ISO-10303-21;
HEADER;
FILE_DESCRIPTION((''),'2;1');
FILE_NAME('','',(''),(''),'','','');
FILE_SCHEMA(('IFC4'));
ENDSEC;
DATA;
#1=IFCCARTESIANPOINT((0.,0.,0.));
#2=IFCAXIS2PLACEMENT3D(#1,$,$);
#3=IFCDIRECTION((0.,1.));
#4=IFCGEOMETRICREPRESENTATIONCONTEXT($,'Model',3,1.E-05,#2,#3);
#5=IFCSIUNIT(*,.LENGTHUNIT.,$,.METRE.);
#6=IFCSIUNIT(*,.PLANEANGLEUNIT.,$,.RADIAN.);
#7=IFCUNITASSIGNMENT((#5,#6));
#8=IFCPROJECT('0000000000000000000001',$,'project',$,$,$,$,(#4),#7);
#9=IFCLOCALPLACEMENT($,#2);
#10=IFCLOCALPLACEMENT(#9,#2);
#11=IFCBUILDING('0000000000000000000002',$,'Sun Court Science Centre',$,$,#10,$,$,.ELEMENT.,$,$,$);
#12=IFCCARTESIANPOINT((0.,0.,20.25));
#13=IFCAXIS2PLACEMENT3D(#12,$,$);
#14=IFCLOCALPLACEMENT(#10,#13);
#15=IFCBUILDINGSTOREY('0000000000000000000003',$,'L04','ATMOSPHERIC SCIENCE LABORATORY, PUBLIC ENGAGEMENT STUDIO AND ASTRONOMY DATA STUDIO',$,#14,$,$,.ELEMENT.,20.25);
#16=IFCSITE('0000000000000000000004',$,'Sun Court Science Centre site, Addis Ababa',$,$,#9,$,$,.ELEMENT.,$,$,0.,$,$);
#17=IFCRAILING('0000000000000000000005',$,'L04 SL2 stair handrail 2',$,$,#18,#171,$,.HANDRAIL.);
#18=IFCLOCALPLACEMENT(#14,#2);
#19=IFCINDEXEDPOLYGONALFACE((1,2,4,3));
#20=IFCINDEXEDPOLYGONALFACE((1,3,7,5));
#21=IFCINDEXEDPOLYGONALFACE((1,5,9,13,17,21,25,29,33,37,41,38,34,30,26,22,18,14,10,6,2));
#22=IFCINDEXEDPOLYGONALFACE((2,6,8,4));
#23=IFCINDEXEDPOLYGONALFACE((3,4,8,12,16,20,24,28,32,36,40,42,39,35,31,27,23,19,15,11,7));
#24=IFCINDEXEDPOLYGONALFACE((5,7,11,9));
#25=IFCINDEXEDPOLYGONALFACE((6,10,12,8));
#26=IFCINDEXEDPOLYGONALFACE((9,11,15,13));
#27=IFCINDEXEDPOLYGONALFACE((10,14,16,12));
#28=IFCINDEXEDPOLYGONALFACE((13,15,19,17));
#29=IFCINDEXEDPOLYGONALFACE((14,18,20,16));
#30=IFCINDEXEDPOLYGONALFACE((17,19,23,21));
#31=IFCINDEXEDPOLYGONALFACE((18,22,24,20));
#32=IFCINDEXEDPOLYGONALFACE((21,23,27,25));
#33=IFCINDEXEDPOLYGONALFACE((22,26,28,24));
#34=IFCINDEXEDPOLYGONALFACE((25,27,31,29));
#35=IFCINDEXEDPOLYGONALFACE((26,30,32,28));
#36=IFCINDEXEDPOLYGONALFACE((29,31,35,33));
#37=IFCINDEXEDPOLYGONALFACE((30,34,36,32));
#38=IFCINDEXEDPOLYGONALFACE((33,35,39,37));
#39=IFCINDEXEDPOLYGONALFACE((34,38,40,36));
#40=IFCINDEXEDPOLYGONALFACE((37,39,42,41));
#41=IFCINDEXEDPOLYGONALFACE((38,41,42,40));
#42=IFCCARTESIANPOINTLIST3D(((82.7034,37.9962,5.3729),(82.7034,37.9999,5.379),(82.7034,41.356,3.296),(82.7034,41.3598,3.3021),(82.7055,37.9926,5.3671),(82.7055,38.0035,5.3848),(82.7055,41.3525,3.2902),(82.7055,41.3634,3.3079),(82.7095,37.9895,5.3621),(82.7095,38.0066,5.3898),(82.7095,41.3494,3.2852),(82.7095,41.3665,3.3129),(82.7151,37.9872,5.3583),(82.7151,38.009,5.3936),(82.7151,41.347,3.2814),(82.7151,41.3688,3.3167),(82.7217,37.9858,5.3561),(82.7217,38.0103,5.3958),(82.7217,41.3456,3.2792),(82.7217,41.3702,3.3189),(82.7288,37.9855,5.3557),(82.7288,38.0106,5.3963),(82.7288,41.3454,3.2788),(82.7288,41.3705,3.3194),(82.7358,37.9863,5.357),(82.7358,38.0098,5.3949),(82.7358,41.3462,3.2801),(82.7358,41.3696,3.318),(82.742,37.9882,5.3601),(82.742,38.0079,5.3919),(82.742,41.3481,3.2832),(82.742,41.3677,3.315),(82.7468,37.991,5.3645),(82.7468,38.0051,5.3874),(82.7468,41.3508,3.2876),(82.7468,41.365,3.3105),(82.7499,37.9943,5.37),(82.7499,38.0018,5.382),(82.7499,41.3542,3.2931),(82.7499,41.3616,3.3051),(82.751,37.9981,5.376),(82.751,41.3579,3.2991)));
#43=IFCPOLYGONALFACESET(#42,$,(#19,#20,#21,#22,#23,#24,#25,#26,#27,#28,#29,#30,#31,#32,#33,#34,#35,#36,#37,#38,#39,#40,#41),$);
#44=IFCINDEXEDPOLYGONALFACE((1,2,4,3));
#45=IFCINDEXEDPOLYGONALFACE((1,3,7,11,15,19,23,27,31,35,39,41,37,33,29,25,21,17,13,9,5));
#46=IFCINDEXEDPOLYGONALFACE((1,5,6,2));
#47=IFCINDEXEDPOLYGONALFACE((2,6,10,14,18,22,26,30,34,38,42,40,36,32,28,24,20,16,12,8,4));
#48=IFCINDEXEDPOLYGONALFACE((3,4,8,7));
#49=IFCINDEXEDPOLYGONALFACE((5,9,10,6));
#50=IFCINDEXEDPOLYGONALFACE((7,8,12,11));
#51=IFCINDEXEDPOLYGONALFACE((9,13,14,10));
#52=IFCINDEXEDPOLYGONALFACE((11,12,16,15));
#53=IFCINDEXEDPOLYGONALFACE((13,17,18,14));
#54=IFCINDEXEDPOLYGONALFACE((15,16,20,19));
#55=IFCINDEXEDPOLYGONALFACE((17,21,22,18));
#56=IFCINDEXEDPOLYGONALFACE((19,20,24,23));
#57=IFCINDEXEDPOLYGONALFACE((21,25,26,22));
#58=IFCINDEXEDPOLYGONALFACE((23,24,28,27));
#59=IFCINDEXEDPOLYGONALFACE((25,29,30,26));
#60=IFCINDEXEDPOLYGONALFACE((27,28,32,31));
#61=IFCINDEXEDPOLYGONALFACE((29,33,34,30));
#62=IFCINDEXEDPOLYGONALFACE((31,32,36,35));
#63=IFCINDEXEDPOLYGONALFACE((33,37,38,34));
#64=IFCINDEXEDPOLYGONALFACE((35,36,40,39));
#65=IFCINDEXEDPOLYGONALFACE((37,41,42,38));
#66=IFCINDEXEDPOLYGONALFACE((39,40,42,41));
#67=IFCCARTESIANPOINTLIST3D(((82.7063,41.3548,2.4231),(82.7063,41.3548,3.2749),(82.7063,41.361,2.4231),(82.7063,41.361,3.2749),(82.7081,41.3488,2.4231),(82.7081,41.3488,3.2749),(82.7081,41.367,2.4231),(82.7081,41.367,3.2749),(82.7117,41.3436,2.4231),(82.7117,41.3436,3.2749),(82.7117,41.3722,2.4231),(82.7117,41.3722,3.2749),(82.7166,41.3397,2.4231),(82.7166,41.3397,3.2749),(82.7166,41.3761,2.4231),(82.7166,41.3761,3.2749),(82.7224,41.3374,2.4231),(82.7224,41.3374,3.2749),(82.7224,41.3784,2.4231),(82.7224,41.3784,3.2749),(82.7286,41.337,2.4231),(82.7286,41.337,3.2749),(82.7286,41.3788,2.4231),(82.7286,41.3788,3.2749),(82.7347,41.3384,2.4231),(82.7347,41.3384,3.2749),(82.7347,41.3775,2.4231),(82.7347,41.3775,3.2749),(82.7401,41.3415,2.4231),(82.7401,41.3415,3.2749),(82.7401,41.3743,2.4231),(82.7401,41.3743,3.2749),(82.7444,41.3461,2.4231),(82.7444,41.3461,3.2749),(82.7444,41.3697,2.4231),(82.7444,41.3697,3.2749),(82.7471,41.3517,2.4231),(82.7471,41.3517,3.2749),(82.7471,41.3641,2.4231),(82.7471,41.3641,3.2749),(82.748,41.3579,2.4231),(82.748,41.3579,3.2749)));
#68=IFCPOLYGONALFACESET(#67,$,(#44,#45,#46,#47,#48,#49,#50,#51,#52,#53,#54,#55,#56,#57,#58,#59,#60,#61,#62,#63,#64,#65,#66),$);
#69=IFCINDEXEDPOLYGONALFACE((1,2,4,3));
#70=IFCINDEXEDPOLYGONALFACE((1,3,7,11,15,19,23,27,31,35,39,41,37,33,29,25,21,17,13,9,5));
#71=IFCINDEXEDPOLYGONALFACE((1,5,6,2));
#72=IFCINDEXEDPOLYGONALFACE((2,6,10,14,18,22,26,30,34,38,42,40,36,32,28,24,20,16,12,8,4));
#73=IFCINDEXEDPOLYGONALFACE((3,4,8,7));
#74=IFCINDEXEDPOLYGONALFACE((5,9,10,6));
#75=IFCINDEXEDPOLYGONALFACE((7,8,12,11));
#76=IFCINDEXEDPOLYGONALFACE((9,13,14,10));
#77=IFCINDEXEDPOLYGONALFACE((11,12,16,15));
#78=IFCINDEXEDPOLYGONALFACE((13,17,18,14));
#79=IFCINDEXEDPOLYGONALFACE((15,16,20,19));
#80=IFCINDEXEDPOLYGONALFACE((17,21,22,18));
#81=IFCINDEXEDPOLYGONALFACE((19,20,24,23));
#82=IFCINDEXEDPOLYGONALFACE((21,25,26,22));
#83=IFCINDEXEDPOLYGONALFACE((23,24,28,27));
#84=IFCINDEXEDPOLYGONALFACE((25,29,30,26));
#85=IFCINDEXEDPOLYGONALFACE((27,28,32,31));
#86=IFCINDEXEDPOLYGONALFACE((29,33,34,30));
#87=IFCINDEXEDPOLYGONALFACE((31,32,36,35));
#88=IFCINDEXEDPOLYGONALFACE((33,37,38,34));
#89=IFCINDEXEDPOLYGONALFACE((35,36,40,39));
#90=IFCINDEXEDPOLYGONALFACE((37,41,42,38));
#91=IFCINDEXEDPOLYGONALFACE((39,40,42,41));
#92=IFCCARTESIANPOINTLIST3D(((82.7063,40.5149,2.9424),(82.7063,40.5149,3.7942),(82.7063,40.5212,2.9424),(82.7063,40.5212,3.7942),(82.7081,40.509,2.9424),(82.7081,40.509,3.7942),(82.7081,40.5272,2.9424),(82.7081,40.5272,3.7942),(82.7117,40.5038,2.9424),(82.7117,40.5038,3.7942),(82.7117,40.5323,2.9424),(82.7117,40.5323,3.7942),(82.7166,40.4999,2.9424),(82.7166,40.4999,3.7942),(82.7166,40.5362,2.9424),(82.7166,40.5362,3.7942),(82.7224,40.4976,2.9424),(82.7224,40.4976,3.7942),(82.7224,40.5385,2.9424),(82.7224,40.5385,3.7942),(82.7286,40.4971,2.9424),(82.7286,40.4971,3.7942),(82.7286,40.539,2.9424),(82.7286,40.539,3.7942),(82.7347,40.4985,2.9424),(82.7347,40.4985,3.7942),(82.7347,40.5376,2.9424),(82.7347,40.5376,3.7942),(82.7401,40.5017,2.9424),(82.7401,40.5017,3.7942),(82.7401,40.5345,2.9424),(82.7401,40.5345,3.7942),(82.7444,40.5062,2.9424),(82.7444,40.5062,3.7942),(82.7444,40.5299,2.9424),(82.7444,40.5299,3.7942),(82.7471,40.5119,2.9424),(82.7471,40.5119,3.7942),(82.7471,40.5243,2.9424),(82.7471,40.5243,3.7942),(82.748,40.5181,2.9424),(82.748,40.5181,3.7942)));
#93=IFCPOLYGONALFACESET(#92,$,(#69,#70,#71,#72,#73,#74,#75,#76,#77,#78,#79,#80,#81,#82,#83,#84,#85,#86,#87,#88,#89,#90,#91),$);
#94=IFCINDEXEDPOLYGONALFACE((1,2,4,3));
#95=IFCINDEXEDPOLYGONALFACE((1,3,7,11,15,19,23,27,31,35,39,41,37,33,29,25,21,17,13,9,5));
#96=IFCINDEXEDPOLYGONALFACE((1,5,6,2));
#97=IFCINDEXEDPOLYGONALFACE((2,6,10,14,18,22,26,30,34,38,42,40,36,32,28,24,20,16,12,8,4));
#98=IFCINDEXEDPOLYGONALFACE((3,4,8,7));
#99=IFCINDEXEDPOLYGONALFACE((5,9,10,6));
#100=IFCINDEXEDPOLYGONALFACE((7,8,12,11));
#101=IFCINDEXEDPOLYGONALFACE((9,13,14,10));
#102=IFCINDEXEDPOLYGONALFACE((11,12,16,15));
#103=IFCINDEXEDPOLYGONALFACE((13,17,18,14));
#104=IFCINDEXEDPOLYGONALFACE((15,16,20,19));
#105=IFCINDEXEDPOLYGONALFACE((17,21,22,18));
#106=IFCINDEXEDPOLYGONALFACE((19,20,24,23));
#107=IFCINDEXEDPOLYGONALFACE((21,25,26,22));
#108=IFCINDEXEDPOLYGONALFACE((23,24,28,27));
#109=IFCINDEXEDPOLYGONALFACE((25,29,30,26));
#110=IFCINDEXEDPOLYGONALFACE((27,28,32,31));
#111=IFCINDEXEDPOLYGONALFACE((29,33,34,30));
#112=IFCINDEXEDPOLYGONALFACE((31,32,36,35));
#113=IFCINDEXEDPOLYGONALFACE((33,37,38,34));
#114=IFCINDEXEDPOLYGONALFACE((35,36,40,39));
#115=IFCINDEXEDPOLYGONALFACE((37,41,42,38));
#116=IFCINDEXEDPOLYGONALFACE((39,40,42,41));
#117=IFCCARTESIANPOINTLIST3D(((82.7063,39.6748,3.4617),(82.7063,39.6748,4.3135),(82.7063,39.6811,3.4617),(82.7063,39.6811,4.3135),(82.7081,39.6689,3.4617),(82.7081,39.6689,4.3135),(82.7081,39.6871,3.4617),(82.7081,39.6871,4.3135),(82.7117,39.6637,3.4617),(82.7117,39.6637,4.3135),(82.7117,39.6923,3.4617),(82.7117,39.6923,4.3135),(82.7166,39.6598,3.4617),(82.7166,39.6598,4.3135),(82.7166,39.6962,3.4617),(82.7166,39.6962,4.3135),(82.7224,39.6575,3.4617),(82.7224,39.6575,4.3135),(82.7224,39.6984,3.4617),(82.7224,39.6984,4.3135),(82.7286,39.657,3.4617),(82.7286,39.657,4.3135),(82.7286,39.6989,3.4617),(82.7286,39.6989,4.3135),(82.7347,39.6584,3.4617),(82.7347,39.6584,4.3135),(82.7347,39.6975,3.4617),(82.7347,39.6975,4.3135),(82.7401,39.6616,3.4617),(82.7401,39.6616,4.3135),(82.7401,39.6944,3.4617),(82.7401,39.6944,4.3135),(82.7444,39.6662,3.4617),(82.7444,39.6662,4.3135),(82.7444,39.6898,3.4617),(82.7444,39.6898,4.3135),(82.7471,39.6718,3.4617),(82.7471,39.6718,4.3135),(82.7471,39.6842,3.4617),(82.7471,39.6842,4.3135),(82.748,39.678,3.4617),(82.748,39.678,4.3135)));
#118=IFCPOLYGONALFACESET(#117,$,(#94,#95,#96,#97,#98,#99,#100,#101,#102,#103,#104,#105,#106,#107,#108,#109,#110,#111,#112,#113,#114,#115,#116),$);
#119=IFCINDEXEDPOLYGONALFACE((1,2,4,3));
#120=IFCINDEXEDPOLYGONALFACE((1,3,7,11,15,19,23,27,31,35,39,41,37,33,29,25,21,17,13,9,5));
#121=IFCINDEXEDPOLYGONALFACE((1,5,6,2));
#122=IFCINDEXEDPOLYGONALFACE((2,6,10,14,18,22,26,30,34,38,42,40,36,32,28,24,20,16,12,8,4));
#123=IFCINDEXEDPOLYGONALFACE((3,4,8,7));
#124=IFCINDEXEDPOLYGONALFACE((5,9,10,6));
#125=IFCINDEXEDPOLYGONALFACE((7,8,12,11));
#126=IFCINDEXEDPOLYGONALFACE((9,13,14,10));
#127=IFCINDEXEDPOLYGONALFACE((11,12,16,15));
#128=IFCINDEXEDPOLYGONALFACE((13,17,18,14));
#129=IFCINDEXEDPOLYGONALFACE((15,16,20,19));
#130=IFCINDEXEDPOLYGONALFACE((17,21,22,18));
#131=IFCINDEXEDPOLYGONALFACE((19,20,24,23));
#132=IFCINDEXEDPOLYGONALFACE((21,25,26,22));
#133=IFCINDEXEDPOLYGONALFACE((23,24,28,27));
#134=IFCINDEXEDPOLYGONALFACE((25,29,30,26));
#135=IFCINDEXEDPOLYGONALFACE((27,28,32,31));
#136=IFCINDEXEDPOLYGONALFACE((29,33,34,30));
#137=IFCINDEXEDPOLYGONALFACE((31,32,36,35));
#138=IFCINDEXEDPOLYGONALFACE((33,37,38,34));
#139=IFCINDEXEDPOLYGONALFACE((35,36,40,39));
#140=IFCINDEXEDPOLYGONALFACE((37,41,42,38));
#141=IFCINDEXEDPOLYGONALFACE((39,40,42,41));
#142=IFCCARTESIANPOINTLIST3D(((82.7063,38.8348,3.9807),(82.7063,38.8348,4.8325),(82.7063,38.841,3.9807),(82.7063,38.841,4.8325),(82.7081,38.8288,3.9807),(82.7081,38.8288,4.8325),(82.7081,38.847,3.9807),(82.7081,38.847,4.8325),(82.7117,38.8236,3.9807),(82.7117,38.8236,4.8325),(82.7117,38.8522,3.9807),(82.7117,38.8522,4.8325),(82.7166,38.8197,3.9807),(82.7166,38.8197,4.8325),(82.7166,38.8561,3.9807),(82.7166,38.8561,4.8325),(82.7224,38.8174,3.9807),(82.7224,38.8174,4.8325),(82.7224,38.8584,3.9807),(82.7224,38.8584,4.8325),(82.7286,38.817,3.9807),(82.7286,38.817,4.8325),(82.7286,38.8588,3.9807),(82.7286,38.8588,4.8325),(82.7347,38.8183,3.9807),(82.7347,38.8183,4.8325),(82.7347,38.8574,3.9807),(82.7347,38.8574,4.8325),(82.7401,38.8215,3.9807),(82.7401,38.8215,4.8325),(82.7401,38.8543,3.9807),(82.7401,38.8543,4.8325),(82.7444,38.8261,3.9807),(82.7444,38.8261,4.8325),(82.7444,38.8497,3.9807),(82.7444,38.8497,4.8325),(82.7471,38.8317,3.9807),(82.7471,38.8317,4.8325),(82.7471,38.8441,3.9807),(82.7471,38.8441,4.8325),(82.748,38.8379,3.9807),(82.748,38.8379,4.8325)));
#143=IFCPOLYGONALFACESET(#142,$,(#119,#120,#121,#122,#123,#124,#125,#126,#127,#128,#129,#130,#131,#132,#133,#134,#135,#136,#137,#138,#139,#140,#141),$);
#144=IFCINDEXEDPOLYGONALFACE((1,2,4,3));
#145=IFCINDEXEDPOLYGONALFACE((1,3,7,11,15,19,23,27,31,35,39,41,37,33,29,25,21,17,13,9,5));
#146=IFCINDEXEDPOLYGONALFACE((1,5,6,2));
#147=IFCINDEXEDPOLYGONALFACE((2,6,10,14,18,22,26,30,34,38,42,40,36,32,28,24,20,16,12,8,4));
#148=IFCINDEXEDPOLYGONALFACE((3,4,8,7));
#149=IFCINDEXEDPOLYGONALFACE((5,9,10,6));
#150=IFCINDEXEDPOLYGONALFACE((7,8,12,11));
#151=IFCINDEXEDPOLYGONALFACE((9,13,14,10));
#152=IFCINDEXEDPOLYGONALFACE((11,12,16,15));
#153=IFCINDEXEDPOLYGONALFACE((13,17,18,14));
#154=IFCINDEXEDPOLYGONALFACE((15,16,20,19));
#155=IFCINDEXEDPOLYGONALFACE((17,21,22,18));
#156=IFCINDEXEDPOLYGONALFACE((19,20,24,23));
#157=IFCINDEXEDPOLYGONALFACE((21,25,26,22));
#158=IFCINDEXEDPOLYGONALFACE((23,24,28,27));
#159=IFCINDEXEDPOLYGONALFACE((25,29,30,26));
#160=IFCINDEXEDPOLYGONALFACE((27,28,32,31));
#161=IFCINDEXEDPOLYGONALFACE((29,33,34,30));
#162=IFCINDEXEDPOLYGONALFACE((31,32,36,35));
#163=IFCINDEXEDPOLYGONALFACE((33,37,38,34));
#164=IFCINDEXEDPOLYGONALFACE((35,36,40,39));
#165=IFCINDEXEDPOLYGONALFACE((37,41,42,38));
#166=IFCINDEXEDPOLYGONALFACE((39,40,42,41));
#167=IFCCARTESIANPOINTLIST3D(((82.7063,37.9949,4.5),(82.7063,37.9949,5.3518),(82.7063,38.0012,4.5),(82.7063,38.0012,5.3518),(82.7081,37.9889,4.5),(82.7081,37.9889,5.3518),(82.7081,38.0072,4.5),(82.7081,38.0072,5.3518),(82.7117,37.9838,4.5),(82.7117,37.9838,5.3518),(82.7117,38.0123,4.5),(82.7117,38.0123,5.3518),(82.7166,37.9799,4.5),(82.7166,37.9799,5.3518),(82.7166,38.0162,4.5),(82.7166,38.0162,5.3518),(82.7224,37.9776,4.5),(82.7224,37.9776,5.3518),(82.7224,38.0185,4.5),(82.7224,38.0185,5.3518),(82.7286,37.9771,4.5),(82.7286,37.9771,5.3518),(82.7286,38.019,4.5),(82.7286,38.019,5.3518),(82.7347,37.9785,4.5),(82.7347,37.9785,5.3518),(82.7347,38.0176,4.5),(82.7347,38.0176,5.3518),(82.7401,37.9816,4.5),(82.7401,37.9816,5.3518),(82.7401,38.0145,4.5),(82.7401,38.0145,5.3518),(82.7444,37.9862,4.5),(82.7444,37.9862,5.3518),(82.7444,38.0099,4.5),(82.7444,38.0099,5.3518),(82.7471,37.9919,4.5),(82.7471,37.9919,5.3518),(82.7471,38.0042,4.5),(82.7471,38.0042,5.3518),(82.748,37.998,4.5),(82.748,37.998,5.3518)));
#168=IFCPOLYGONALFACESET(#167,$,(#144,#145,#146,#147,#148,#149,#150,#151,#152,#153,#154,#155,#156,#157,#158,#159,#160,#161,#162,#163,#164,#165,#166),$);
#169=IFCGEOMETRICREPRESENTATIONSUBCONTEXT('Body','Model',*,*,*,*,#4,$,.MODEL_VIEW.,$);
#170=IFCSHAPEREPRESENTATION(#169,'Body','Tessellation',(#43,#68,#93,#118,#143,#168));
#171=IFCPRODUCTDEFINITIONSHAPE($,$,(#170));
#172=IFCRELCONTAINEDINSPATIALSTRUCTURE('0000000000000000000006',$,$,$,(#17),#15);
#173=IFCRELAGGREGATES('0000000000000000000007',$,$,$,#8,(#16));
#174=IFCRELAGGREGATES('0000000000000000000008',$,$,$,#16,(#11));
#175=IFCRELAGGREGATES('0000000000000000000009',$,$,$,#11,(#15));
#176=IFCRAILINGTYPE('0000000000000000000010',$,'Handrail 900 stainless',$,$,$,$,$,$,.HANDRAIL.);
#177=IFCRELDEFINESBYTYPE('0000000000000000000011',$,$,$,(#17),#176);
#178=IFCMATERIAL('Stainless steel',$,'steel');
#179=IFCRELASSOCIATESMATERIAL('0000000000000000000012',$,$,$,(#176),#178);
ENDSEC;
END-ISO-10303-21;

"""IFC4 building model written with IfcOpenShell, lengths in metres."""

from ifc_helpers import new_model, si_unit, direction, frame, origin, origin_2d, place, context, subcontext, project, spatial, circle, extrude, material, type_object, element, save


model = new_model("IFC4")

# Units and contexts
model_context = context("Model", 3, precision=1e-05, world=origin(), true_north=direction((0.0, 1.0)))
body_context = subcontext(model_context, "Body", "Model", "MODEL_VIEW")
ifc_project = project(units=[si_unit("LENGTHUNIT", "METRE"), si_unit("PLANEANGLEUNIT", "RADIAN")], contexts=[model_context])

# Site, building, storey
site_placement = place(None, origin())
site = spatial("IfcSite", under=ifc_project, at=site_placement, Name="Sun Court Science Centre site, Addis Ababa", CompositionType="ELEMENT", RefElevation=0.0)
building_placement = place(site_placement, origin())
building = spatial("IfcBuilding", under=site, at=building_placement, Name="Sun Court Science Centre", CompositionType="ELEMENT")
storey_placement = place(building_placement, frame((0.0, 0.0, 20.25)))
storey = spatial("IfcBuildingStorey", under=building, at=storey_placement, Name="L04", Description="ATMOSPHERIC SCIENCE LABORATORY, PUBLIC ENGAGEMENT STUDIO AND ASTRONOMY DATA STUDIO", CompositionType="ELEMENT", Elevation=20.25)

# Railing
ifc_material_1 = material(Name="Stainless steel", Category="steel")
railing_type_1 = type_object("IfcRailingType", Name="Handrail 900 stainless", PredefinedType="HANDRAIL", material=ifc_material_1)
railing_1_placement = place(storey_placement, frame((82.7271, 41.3579, 2.4231)))
element("IfcRailing", 1, at=railing_1_placement, inside=storey, type_object=railing_type_1, Name="L04 SL2 stair handrail 2", PredefinedType="HANDRAIL", context=body_context, shape_type="SweptSolid", body=[
    extrude(circle(Radius=0.0239, at=origin_2d()), frame((0.0, 0.0, 0.876), z_axis=(0.0, -0.850606, 0.525803), x_axis=(1.0, 0.0, 0.0)), (0.0, 0.0, 1.0), 3.95),
    extrude(circle(Radius=0.021, at=origin_2d()), origin(), (0.0, 0.0, 1.0), 0.8518),
    extrude(circle(Radius=0.021, at=origin_2d()), frame((0.0, -0.8398, 0.5193)), (0.0, 0.0, 1.0), 0.8518),
    extrude(circle(Radius=0.021, at=origin_2d()), frame((0.0, -1.6799, 1.0386)), (0.0, 0.0, 1.0), 0.8518),
    extrude(circle(Radius=0.021, at=origin_2d()), frame((0.0, -2.52, 1.5576)), (0.0, 0.0, 1.0), 0.8518),
    extrude(circle(Radius=0.021, at=origin_2d()), frame((0.0, -3.3599, 2.0769)), (0.0, 0.0, 1.0), 0.8518),
])

save(model, "model.ifc")
